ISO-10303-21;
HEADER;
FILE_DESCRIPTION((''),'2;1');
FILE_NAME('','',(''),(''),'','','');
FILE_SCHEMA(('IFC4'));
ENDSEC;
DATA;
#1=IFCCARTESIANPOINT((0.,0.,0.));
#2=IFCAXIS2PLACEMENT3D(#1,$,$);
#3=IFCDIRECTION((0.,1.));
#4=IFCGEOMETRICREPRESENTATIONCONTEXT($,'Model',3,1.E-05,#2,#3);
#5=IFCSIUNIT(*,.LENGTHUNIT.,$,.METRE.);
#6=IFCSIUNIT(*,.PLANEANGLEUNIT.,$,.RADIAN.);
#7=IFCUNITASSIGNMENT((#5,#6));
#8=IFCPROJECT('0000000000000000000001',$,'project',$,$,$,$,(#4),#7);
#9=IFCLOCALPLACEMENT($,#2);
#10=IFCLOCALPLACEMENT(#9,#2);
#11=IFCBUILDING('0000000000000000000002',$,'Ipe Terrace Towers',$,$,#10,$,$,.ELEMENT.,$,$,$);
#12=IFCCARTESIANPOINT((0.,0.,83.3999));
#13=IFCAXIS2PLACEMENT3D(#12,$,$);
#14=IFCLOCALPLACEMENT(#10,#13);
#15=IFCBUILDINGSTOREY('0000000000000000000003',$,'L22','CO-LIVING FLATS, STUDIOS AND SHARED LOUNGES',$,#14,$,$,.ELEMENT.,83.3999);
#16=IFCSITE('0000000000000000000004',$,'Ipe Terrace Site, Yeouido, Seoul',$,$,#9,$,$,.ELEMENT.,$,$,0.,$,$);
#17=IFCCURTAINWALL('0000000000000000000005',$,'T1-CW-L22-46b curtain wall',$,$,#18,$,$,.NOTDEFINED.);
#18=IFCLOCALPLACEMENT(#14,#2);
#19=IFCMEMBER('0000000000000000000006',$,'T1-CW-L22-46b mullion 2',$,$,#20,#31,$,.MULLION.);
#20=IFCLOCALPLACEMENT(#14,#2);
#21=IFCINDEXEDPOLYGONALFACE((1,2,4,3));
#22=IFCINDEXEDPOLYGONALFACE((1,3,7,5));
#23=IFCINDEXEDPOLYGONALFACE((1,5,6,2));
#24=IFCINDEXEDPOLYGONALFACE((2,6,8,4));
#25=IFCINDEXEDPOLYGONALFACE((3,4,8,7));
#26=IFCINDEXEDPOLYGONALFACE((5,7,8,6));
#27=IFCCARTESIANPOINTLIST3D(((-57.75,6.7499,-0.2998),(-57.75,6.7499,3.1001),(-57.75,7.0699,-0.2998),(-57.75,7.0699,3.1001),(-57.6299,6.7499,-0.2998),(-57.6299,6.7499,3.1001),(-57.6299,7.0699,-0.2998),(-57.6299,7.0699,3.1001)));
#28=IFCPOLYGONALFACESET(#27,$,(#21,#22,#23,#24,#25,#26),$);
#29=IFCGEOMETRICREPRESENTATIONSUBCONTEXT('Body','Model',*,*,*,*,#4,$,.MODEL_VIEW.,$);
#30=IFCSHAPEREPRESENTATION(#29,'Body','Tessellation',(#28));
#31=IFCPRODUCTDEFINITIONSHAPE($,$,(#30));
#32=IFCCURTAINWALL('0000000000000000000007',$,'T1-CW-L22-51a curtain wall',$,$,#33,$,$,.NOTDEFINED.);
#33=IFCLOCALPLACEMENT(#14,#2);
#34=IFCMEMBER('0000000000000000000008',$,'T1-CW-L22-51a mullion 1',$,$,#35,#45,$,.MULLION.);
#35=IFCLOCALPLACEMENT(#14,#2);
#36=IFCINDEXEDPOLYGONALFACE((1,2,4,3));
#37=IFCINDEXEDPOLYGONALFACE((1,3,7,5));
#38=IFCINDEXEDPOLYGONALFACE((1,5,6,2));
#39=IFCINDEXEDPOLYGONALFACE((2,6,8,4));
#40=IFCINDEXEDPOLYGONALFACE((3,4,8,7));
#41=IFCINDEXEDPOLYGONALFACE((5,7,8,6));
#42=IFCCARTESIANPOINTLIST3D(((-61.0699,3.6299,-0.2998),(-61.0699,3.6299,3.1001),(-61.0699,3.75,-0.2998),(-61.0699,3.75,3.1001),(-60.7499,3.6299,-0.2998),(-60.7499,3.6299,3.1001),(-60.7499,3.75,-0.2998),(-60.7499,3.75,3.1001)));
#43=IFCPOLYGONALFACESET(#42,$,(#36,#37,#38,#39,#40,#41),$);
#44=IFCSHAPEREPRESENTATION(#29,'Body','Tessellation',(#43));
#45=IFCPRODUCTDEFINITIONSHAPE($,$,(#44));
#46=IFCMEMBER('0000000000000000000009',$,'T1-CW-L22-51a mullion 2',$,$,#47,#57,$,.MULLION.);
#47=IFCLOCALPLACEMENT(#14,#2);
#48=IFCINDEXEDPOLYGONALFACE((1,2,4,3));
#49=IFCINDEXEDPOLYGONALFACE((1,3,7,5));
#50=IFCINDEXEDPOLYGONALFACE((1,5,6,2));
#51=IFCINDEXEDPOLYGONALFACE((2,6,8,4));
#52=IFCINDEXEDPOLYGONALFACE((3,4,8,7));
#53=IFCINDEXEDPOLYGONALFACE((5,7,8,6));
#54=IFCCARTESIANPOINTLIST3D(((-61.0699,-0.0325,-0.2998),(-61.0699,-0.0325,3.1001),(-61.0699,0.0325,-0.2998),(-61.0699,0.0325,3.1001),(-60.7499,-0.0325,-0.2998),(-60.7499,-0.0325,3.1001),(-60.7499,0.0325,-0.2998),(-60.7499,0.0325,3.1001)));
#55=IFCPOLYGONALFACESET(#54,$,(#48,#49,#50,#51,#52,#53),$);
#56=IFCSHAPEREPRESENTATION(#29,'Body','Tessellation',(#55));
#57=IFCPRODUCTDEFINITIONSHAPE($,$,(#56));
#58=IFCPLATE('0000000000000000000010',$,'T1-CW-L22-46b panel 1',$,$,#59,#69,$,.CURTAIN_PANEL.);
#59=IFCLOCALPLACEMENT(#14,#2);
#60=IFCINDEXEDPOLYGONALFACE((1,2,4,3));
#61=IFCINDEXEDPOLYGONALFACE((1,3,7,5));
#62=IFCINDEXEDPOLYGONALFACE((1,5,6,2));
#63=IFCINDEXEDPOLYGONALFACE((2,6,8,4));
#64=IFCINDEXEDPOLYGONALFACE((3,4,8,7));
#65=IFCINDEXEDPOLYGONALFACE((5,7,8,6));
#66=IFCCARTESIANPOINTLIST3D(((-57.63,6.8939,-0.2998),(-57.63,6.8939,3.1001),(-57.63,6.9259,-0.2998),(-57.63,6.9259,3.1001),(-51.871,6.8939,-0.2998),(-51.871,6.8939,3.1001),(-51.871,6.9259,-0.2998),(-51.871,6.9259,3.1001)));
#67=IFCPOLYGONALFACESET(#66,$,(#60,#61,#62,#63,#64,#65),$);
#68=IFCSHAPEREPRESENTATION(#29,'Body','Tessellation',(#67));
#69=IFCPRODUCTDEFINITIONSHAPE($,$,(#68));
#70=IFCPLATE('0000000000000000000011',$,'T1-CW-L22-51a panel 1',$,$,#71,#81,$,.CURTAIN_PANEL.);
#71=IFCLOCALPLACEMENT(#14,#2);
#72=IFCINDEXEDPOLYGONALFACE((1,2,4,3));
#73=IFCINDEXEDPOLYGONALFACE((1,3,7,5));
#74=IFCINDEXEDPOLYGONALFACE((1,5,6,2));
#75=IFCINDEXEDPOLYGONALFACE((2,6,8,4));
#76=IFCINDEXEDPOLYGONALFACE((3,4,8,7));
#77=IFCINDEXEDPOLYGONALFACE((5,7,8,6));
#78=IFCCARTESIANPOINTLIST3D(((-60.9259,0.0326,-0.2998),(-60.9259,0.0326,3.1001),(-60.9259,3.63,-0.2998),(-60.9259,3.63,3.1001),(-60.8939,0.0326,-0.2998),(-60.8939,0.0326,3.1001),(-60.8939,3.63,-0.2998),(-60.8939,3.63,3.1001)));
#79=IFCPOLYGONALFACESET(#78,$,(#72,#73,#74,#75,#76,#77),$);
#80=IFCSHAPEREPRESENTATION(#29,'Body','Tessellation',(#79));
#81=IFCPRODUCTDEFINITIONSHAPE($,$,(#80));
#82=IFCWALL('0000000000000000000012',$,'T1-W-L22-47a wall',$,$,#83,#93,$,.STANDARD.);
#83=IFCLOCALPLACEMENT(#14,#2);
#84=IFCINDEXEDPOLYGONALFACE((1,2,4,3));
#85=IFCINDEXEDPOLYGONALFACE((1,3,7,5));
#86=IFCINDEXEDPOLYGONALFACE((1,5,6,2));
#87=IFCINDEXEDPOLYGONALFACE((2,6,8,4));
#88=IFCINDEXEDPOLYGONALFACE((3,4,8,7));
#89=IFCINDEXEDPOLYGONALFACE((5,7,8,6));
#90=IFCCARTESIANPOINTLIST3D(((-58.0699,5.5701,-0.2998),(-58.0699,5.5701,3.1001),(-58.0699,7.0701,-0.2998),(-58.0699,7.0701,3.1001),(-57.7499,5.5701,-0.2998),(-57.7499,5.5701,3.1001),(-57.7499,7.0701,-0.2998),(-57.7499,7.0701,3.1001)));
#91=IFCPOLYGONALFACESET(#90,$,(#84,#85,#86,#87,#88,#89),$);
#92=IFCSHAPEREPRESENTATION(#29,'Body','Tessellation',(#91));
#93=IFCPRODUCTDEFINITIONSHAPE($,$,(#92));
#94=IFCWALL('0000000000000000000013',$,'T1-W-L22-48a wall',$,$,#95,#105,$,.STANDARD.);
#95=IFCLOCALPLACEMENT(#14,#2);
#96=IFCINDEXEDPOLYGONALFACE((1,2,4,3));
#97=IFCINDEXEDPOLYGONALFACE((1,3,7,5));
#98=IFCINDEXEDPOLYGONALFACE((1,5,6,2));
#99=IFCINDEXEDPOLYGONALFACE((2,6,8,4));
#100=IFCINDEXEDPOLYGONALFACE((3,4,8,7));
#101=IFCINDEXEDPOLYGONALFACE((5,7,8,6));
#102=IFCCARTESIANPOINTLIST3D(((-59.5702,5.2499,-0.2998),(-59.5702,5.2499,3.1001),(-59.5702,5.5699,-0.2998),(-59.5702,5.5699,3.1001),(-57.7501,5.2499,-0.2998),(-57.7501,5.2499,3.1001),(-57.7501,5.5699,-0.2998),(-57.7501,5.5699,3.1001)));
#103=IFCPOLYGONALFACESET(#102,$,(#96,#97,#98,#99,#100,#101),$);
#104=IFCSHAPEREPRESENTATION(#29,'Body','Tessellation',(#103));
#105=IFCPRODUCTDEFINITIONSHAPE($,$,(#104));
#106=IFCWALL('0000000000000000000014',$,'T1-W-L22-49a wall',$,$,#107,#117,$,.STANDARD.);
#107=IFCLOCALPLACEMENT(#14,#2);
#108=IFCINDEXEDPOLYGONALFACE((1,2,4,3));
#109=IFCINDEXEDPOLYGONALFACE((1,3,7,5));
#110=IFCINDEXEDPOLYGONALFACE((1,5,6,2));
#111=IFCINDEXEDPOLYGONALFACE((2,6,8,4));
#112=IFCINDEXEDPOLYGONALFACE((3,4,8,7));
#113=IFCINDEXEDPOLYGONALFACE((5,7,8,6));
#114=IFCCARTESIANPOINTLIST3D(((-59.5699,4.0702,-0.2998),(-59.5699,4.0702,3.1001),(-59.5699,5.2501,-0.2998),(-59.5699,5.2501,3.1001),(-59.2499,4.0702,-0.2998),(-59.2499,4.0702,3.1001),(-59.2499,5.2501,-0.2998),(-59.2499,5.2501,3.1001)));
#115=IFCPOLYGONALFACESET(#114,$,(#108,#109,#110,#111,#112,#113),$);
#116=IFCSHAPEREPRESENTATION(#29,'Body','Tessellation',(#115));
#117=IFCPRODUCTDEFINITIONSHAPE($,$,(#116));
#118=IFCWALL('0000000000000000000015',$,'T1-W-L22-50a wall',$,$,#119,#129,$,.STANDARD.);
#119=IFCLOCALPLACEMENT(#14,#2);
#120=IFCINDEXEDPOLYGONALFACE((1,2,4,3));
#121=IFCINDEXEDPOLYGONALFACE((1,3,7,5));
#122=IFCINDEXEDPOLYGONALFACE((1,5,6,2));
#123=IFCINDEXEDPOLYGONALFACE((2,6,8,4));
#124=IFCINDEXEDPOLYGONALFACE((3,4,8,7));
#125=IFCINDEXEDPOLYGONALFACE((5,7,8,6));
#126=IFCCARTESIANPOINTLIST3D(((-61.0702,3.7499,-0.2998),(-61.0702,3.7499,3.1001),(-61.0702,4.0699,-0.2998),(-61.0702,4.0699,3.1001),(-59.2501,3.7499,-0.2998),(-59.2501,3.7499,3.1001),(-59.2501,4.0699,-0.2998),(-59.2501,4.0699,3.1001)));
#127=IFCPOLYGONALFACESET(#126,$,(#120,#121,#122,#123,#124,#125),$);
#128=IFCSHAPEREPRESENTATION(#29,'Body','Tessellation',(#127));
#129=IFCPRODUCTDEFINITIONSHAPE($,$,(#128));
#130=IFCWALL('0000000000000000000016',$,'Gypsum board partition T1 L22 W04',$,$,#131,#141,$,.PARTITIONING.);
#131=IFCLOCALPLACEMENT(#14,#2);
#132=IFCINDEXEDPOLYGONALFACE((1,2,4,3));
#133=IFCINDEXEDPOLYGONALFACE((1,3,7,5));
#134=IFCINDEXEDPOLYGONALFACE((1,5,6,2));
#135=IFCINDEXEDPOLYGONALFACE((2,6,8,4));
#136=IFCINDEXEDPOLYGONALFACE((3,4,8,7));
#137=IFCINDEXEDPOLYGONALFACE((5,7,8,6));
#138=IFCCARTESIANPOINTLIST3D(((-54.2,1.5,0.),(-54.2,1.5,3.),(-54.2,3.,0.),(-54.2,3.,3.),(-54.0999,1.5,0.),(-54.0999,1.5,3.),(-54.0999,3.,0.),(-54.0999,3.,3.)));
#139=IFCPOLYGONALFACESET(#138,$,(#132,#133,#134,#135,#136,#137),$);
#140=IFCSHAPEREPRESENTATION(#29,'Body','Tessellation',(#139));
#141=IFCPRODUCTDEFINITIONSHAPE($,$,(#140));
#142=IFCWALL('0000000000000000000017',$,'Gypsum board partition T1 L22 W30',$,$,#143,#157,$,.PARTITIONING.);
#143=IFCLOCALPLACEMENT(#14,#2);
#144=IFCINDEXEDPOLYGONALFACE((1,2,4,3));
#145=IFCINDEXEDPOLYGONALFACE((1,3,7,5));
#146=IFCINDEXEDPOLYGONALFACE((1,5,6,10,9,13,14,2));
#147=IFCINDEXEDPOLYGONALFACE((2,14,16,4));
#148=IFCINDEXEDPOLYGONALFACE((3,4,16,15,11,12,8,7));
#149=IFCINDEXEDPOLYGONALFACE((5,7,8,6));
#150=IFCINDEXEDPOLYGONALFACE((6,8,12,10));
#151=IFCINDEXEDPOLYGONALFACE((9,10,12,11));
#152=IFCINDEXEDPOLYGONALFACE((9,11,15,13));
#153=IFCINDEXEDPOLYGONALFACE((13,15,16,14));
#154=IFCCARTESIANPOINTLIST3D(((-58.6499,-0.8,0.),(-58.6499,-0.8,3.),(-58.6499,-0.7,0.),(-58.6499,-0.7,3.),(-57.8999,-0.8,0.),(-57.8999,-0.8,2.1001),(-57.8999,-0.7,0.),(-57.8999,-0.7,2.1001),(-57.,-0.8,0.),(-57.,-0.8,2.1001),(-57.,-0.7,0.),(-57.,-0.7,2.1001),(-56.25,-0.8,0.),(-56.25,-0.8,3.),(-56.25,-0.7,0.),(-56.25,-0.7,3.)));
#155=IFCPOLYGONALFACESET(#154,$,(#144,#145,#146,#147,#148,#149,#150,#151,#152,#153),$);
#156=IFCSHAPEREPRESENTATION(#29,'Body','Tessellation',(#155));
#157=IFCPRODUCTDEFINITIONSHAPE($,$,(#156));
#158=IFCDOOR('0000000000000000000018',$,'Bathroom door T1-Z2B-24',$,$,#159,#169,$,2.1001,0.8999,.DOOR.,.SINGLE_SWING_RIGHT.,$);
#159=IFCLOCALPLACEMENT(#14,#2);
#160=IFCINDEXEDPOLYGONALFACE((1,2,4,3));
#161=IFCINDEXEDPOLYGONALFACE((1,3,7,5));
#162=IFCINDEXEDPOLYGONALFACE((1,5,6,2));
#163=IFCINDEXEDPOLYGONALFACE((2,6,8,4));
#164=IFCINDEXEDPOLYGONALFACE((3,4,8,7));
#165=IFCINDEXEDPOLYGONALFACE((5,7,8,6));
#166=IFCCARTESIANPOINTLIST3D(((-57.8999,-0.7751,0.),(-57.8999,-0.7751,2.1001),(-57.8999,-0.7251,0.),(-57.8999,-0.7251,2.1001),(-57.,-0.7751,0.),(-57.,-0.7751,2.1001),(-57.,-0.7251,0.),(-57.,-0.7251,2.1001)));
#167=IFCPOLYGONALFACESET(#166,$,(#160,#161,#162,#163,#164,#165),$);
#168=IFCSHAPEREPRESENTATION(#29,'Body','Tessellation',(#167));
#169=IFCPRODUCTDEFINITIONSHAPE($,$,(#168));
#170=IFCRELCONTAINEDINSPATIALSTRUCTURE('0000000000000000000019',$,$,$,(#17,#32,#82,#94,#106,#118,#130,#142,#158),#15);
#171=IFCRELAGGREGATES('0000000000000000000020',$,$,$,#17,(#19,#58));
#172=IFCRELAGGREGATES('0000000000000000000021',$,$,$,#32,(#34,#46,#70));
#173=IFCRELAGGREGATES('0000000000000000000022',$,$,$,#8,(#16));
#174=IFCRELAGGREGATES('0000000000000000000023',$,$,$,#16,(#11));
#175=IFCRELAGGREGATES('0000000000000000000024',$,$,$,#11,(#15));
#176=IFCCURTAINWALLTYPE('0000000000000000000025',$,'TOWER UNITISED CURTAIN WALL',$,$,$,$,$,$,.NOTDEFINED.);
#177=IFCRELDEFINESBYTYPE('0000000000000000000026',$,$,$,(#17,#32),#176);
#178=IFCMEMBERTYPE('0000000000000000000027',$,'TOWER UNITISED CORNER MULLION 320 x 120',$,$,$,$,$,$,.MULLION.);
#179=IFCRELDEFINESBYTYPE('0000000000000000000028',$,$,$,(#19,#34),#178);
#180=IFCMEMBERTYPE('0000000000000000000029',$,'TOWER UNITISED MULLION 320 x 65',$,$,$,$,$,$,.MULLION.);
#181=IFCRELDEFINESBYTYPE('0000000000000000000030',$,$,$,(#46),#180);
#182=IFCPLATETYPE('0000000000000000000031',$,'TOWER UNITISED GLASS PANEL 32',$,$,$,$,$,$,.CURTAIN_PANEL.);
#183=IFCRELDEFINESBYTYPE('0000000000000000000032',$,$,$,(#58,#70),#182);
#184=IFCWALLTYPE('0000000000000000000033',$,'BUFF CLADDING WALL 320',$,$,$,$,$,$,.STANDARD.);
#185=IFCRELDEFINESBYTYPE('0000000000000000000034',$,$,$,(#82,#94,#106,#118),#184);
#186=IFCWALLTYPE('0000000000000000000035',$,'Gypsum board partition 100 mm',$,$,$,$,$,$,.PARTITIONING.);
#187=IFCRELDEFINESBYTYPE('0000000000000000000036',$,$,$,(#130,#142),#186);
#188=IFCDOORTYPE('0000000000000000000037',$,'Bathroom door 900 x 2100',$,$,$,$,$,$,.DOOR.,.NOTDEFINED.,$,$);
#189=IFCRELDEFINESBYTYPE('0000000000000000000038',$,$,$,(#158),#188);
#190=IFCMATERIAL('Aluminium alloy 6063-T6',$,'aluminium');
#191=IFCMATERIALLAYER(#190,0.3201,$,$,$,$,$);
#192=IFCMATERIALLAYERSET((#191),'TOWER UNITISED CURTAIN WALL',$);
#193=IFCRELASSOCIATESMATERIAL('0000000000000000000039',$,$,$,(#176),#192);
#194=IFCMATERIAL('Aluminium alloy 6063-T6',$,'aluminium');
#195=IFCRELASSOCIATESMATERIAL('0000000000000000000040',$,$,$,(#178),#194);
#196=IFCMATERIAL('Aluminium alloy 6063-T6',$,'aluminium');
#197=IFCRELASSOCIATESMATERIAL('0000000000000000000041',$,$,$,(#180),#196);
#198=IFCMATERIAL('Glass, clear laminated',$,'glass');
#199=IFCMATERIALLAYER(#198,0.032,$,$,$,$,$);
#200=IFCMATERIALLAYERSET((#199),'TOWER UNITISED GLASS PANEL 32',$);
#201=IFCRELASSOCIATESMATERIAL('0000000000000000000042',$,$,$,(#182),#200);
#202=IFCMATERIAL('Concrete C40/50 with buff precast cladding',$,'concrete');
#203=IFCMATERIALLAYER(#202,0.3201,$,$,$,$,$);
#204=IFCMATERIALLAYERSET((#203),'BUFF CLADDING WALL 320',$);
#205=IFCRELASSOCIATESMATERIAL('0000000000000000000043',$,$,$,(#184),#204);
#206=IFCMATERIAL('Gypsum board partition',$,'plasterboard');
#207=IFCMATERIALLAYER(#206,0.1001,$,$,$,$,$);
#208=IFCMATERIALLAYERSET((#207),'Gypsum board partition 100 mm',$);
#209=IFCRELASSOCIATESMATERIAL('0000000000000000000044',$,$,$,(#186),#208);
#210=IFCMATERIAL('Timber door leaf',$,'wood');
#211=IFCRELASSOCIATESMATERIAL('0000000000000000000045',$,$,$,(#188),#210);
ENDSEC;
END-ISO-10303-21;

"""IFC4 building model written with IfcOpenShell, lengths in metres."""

from ifc_helpers import new_model, si_unit, direction, frame, frame_2d, origin, origin_2d, place, context, subcontext, project, spatial, rectangle, extrude, material, layer, layer_set, material_profile, profile_set, type_object, element, fill, aggregate, save


model = new_model("IFC4")

# Units and contexts
model_context = context("Model", 3, precision=1e-05, world=origin(), true_north=direction((0.0, 1.0)))
body_context = subcontext(model_context, "Body", "Model", "MODEL_VIEW")
ifc_project = project(units=[si_unit("LENGTHUNIT", "METRE"), si_unit("PLANEANGLEUNIT", "RADIAN")], contexts=[model_context])

# Site, building, storey
site_placement = place(None, origin())
site = spatial("IfcSite", under=ifc_project, at=site_placement, Name="Ipe Terrace Site, Yeouido, Seoul", CompositionType="ELEMENT", RefElevation=0.0)
building_placement = place(site_placement, origin())
building = spatial("IfcBuilding", under=site, at=building_placement, Name="Ipe Terrace Towers", CompositionType="ELEMENT")
storey_placement = place(building_placement, frame((0.0, 0.0, 83.3999)))
storey = spatial("IfcBuildingStorey", under=building, at=storey_placement, Name="L22", Description="CO-LIVING FLATS, STUDIOS AND SHARED LOUNGES", CompositionType="ELEMENT", Elevation=83.3999)

# Curtain walls, members
ifc_material_1 = material(Name="Aluminium alloy 6063-T6", Category="aluminium")
ifc_layer_1 = layer(ifc_material_1, 0.3201)
ifc_layer_set_1 = layer_set([ifc_layer_1], Name="TOWER UNITISED CURTAIN WALL")
curtain_wall_type = type_object("IfcCurtainWallType", Name="TOWER UNITISED CURTAIN WALL", PredefinedType="NOTDEFINED", material=ifc_layer_set_1)
curtain_wall_1_placement = place(storey_placement, origin())
curtain_wall_1 = element("IfcCurtainWall", 1, at=curtain_wall_1_placement, inside=storey, type_object=curtain_wall_type, Name="T1-CW-L22-46b curtain wall", PredefinedType="NOTDEFINED")
ifc_material_2 = material(Name="Aluminium alloy 6063-T6", Category="aluminium")
ifc_material_profile_1 = material_profile(ifc_material_2, rectangle(XDim=0.3201, YDim=0.1201, at=origin_2d()), Name="TOWER UNITISED CORNER MULLION 320 x 120")
ifc_profile_set_1 = profile_set([ifc_material_profile_1], Name="Aluminium alloy 6063-T6")
member_type_1 = type_object("IfcMemberType", Name="TOWER UNITISED CORNER MULLION 320 x 120", PredefinedType="MULLION", material=ifc_profile_set_1)
member_1_placement = place(storey_placement, frame((-57.6899, 6.9099, -0.2998), z_axis=(0.0, 0.0, 1.0), x_axis=(0.0, 1.0, 0.0)))
member_1 = element("IfcMember", 2, at=member_1_placement, type_object=member_type_1, Name="T1-CW-L22-46b mullion 2", PredefinedType="MULLION", context=body_context, shape_type="SweptSolid", body=[
    extrude(rectangle(XDim=0.3201, YDim=0.1201, at=origin_2d()), origin(), (0.0, 0.0, 1.0), 3.3999),
])
curtain_wall_2_placement = place(storey_placement, origin())
curtain_wall_2 = element("IfcCurtainWall", 3, at=curtain_wall_2_placement, inside=storey, type_object=curtain_wall_type, Name="T1-CW-L22-51a curtain wall", PredefinedType="NOTDEFINED")
member_2_placement = place(storey_placement, frame((-60.9099, 3.6899, -0.2998), z_axis=(0.0, 0.0, 1.0), x_axis=(-1.0, 0.0, 0.0)))
member_2 = element("IfcMember", 4, at=member_2_placement, type_object=member_type_1, Name="T1-CW-L22-51a mullion 1", PredefinedType="MULLION", context=body_context, shape_type="SweptSolid", body=[
    extrude(rectangle(XDim=0.3201, YDim=0.1201, at=origin_2d()), origin(), (0.0, 0.0, 1.0), 3.3999),
])
ifc_material_3 = material(Name="Aluminium alloy 6063-T6", Category="aluminium")
ifc_material_profile_2 = material_profile(ifc_material_3, rectangle(XDim=0.3201, YDim=0.0649, at=origin_2d()), Name="TOWER UNITISED MULLION 320 x 65")
ifc_profile_set_2 = profile_set([ifc_material_profile_2], Name="Aluminium alloy 6063-T6")
member_type_2 = type_object("IfcMemberType", Name="TOWER UNITISED MULLION 320 x 65", PredefinedType="MULLION", material=ifc_profile_set_2)
member_3_placement = place(storey_placement, frame((-60.9099, 0.0, -0.2998), z_axis=(0.0, 0.0, 1.0), x_axis=(-1.0, 0.0, 0.0)))
member_3 = element("IfcMember", 5, at=member_3_placement, type_object=member_type_2, Name="T1-CW-L22-51a mullion 2", PredefinedType="MULLION", context=body_context, shape_type="SweptSolid", body=[
    extrude(rectangle(XDim=0.3201, YDim=0.0649, at=origin_2d()), origin(), (0.0, 0.0, 1.0), 3.3999),
])

# Plates
ifc_material_4 = material(Name="Glass, clear laminated", Category="glass")
ifc_layer_2 = layer(ifc_material_4, 0.032)
ifc_layer_set_2 = layer_set([ifc_layer_2], Name="TOWER UNITISED GLASS PANEL 32")
plate_type = type_object("IfcPlateType", Name="TOWER UNITISED GLASS PANEL 32", PredefinedType="CURTAIN_PANEL", material=ifc_layer_set_2)
plate_1_placement = place(storey_placement, frame((-54.7505, 6.9099, -0.2998), z_axis=(0.0, 0.0, 1.0), x_axis=(-1.0, 0.0, 0.0)))
plate_1 = element("IfcPlate", 6, at=plate_1_placement, type_object=plate_type, Name="T1-CW-L22-46b panel 1", PredefinedType="CURTAIN_PANEL", context=body_context, shape_type="SweptSolid", body=[
    extrude(rectangle(XDim=5.759, YDim=0.032, at=origin_2d()), origin(), (0.0, 0.0, 1.0), 3.3999),
])
aggregate(curtain_wall_1, [member_1, plate_1])
plate_2_placement = place(storey_placement, frame((-60.9099, 1.8313, -0.2998), z_axis=(0.0, 0.0, 1.0), x_axis=(0.0, -1.0, 0.0)))
plate_2 = element("IfcPlate", 7, at=plate_2_placement, type_object=plate_type, Name="T1-CW-L22-51a panel 1", PredefinedType="CURTAIN_PANEL", context=body_context, shape_type="SweptSolid", body=[
    extrude(rectangle(XDim=3.5974, YDim=0.032, at=origin_2d()), origin(), (0.0, 0.0, 1.0), 3.3999),
])
aggregate(curtain_wall_2, [member_2, member_3, plate_2])

# Walls
ifc_material_5 = material(Name="Concrete C40/50 with buff precast cladding", Category="concrete")
ifc_layer_3 = layer(ifc_material_5, 0.3201)
ifc_layer_set_3 = layer_set([ifc_layer_3], Name="BUFF CLADDING WALL 320")
wall_type_1 = type_object("IfcWallType", Name="BUFF CLADDING WALL 320", PredefinedType="STANDARD", material=ifc_layer_set_3)
wall_1_placement = place(storey_placement, frame((-57.9099, 7.0701, -0.2998), z_axis=(0.0, 0.0, 1.0), x_axis=(0.0, -1.0, 0.0)))
element("IfcWall", 8, at=wall_1_placement, inside=storey, type_object=wall_type_1, Name="T1-W-L22-47a wall", PredefinedType="STANDARD", context=body_context, shape_type="SweptSolid", body=[
    extrude(rectangle(XDim=1.5, YDim=0.3201, at=frame_2d((0.75, 0.0))), origin(), (0.0, 0.0, 1.0), 3.3999),
])
wall_2_placement = place(storey_placement, frame((-57.75, 5.4099, -0.2998), z_axis=(0.0, 0.0, 1.0), x_axis=(-1.0, 0.0, 0.0)))
element("IfcWall", 9, at=wall_2_placement, inside=storey, type_object=wall_type_1, Name="T1-W-L22-48a wall", PredefinedType="STANDARD", context=body_context, shape_type="SweptSolid", body=[
    extrude(rectangle(XDim=1.8201, YDim=0.3201, at=frame_2d((0.9102, 0.0))), origin(), (0.0, 0.0, 1.0), 3.3999),
])
wall_3_placement = place(storey_placement, frame((-59.4099, 5.25, -0.2998), z_axis=(0.0, 0.0, 1.0), x_axis=(0.0, -1.0, 0.0)))
element("IfcWall", 10, at=wall_3_placement, inside=storey, type_object=wall_type_1, Name="T1-W-L22-49a wall", PredefinedType="STANDARD", context=body_context, shape_type="SweptSolid", body=[
    extrude(rectangle(XDim=1.1799, YDim=0.3201, at=frame_2d((0.5898, 0.0))), origin(), (0.0, 0.0, 1.0), 3.3999),
])
wall_4_placement = place(storey_placement, frame((-59.25, 3.9099, -0.2998), z_axis=(0.0, 0.0, 1.0), x_axis=(-1.0, 0.0, 0.0)))
element("IfcWall", 11, at=wall_4_placement, inside=storey, type_object=wall_type_1, Name="T1-W-L22-50a wall", PredefinedType="STANDARD", context=body_context, shape_type="SweptSolid", body=[
    extrude(rectangle(XDim=1.8201, YDim=0.3201, at=frame_2d((0.9102, 0.0))), origin(), (0.0, 0.0, 1.0), 3.3999),
])
ifc_material_6 = material(Name="Gypsum board partition", Category="plasterboard")
ifc_layer_4 = layer(ifc_material_6, 0.1001)
ifc_layer_set_4 = layer_set([ifc_layer_4], Name="Gypsum board partition 100 mm")
wall_type_2 = type_object("IfcWallType", Name="Gypsum board partition 100 mm", PredefinedType="PARTITIONING", material=ifc_layer_set_4)
wall_5_placement = place(storey_placement, frame((-54.1499, 1.5, 0.0), z_axis=(0.0, 0.0, 1.0), x_axis=(0.0, 1.0, 0.0)))
element("IfcWall", 12, at=wall_5_placement, inside=storey, type_object=wall_type_2, Name="Gypsum board partition T1 L22 W04", PredefinedType="PARTITIONING", context=body_context, shape_type="SweptSolid", body=[
    extrude(rectangle(XDim=1.5, YDim=0.1001, at=frame_2d((0.75, 0.0))), origin(), (0.0, 0.0, 1.0), 3.0),
])

# Wall, opening, door
wall_6_placement = place(storey_placement, frame((-58.6499, -0.75, 0.0), z_axis=(0.0, 0.0, 1.0), x_axis=(1.0, 0.0, 0.0)))
wall_6 = element("IfcWall", 13, at=wall_6_placement, inside=storey, type_object=wall_type_2, Name="Gypsum board partition T1 L22 W30", PredefinedType="PARTITIONING", context=body_context, shape_type="SweptSolid", body=[
    extrude(rectangle(XDim=2.3999, YDim=0.1001, at=frame_2d((1.2, 0.0))), origin(), (0.0, 0.0, 1.0), 3.0),
])
opening_1_placement = place(wall_6_placement, frame((0.75, 0.0, 0.0)))
opening_1 = element("IfcOpeningElement", 14, at=opening_1_placement, cuts=wall_6, PredefinedType="OPENING", context=body_context, shape_type="SweptSolid", body=[
    extrude(rectangle(XDim=0.8999, YDim=2.1001, at=frame_2d((0.45, 1.05))), frame((0.0, 0.0601, 0.0), z_axis=(0.0, -1.0, 0.0), x_axis=(1.0, 0.0, 0.0)), (0.0, 0.0, 1.0), 0.1201),
])
ifc_material_7 = material(Name="Timber door leaf", Category="wood")
door_type_1 = type_object("IfcDoorType", Name="Bathroom door 900 x 2100", OperationType="NOTDEFINED", PredefinedType="DOOR", material=ifc_material_7)
door_1_placement = place(opening_1_placement, origin())
door_1 = element("IfcDoor", 15, at=door_1_placement, inside=storey, type_object=door_type_1, Name="Bathroom door T1-Z2B-24", OperationType="SINGLE_SWING_RIGHT", OverallHeight=2.1001, OverallWidth=0.8999, PredefinedType="DOOR", context=body_context, shape_type="SweptSolid", body=[
    extrude(rectangle(XDim=0.8999, YDim=2.1001, at=frame_2d((0.45, 1.05))), frame((0.0, 0.0249, 0.0), z_axis=(0.0, -1.0, 0.0), x_axis=(1.0, 0.0, 0.0)), (0.0, 0.0, 1.0), 0.05),
])
fill(opening_1, door_1)

save(model, "model.ifc")
